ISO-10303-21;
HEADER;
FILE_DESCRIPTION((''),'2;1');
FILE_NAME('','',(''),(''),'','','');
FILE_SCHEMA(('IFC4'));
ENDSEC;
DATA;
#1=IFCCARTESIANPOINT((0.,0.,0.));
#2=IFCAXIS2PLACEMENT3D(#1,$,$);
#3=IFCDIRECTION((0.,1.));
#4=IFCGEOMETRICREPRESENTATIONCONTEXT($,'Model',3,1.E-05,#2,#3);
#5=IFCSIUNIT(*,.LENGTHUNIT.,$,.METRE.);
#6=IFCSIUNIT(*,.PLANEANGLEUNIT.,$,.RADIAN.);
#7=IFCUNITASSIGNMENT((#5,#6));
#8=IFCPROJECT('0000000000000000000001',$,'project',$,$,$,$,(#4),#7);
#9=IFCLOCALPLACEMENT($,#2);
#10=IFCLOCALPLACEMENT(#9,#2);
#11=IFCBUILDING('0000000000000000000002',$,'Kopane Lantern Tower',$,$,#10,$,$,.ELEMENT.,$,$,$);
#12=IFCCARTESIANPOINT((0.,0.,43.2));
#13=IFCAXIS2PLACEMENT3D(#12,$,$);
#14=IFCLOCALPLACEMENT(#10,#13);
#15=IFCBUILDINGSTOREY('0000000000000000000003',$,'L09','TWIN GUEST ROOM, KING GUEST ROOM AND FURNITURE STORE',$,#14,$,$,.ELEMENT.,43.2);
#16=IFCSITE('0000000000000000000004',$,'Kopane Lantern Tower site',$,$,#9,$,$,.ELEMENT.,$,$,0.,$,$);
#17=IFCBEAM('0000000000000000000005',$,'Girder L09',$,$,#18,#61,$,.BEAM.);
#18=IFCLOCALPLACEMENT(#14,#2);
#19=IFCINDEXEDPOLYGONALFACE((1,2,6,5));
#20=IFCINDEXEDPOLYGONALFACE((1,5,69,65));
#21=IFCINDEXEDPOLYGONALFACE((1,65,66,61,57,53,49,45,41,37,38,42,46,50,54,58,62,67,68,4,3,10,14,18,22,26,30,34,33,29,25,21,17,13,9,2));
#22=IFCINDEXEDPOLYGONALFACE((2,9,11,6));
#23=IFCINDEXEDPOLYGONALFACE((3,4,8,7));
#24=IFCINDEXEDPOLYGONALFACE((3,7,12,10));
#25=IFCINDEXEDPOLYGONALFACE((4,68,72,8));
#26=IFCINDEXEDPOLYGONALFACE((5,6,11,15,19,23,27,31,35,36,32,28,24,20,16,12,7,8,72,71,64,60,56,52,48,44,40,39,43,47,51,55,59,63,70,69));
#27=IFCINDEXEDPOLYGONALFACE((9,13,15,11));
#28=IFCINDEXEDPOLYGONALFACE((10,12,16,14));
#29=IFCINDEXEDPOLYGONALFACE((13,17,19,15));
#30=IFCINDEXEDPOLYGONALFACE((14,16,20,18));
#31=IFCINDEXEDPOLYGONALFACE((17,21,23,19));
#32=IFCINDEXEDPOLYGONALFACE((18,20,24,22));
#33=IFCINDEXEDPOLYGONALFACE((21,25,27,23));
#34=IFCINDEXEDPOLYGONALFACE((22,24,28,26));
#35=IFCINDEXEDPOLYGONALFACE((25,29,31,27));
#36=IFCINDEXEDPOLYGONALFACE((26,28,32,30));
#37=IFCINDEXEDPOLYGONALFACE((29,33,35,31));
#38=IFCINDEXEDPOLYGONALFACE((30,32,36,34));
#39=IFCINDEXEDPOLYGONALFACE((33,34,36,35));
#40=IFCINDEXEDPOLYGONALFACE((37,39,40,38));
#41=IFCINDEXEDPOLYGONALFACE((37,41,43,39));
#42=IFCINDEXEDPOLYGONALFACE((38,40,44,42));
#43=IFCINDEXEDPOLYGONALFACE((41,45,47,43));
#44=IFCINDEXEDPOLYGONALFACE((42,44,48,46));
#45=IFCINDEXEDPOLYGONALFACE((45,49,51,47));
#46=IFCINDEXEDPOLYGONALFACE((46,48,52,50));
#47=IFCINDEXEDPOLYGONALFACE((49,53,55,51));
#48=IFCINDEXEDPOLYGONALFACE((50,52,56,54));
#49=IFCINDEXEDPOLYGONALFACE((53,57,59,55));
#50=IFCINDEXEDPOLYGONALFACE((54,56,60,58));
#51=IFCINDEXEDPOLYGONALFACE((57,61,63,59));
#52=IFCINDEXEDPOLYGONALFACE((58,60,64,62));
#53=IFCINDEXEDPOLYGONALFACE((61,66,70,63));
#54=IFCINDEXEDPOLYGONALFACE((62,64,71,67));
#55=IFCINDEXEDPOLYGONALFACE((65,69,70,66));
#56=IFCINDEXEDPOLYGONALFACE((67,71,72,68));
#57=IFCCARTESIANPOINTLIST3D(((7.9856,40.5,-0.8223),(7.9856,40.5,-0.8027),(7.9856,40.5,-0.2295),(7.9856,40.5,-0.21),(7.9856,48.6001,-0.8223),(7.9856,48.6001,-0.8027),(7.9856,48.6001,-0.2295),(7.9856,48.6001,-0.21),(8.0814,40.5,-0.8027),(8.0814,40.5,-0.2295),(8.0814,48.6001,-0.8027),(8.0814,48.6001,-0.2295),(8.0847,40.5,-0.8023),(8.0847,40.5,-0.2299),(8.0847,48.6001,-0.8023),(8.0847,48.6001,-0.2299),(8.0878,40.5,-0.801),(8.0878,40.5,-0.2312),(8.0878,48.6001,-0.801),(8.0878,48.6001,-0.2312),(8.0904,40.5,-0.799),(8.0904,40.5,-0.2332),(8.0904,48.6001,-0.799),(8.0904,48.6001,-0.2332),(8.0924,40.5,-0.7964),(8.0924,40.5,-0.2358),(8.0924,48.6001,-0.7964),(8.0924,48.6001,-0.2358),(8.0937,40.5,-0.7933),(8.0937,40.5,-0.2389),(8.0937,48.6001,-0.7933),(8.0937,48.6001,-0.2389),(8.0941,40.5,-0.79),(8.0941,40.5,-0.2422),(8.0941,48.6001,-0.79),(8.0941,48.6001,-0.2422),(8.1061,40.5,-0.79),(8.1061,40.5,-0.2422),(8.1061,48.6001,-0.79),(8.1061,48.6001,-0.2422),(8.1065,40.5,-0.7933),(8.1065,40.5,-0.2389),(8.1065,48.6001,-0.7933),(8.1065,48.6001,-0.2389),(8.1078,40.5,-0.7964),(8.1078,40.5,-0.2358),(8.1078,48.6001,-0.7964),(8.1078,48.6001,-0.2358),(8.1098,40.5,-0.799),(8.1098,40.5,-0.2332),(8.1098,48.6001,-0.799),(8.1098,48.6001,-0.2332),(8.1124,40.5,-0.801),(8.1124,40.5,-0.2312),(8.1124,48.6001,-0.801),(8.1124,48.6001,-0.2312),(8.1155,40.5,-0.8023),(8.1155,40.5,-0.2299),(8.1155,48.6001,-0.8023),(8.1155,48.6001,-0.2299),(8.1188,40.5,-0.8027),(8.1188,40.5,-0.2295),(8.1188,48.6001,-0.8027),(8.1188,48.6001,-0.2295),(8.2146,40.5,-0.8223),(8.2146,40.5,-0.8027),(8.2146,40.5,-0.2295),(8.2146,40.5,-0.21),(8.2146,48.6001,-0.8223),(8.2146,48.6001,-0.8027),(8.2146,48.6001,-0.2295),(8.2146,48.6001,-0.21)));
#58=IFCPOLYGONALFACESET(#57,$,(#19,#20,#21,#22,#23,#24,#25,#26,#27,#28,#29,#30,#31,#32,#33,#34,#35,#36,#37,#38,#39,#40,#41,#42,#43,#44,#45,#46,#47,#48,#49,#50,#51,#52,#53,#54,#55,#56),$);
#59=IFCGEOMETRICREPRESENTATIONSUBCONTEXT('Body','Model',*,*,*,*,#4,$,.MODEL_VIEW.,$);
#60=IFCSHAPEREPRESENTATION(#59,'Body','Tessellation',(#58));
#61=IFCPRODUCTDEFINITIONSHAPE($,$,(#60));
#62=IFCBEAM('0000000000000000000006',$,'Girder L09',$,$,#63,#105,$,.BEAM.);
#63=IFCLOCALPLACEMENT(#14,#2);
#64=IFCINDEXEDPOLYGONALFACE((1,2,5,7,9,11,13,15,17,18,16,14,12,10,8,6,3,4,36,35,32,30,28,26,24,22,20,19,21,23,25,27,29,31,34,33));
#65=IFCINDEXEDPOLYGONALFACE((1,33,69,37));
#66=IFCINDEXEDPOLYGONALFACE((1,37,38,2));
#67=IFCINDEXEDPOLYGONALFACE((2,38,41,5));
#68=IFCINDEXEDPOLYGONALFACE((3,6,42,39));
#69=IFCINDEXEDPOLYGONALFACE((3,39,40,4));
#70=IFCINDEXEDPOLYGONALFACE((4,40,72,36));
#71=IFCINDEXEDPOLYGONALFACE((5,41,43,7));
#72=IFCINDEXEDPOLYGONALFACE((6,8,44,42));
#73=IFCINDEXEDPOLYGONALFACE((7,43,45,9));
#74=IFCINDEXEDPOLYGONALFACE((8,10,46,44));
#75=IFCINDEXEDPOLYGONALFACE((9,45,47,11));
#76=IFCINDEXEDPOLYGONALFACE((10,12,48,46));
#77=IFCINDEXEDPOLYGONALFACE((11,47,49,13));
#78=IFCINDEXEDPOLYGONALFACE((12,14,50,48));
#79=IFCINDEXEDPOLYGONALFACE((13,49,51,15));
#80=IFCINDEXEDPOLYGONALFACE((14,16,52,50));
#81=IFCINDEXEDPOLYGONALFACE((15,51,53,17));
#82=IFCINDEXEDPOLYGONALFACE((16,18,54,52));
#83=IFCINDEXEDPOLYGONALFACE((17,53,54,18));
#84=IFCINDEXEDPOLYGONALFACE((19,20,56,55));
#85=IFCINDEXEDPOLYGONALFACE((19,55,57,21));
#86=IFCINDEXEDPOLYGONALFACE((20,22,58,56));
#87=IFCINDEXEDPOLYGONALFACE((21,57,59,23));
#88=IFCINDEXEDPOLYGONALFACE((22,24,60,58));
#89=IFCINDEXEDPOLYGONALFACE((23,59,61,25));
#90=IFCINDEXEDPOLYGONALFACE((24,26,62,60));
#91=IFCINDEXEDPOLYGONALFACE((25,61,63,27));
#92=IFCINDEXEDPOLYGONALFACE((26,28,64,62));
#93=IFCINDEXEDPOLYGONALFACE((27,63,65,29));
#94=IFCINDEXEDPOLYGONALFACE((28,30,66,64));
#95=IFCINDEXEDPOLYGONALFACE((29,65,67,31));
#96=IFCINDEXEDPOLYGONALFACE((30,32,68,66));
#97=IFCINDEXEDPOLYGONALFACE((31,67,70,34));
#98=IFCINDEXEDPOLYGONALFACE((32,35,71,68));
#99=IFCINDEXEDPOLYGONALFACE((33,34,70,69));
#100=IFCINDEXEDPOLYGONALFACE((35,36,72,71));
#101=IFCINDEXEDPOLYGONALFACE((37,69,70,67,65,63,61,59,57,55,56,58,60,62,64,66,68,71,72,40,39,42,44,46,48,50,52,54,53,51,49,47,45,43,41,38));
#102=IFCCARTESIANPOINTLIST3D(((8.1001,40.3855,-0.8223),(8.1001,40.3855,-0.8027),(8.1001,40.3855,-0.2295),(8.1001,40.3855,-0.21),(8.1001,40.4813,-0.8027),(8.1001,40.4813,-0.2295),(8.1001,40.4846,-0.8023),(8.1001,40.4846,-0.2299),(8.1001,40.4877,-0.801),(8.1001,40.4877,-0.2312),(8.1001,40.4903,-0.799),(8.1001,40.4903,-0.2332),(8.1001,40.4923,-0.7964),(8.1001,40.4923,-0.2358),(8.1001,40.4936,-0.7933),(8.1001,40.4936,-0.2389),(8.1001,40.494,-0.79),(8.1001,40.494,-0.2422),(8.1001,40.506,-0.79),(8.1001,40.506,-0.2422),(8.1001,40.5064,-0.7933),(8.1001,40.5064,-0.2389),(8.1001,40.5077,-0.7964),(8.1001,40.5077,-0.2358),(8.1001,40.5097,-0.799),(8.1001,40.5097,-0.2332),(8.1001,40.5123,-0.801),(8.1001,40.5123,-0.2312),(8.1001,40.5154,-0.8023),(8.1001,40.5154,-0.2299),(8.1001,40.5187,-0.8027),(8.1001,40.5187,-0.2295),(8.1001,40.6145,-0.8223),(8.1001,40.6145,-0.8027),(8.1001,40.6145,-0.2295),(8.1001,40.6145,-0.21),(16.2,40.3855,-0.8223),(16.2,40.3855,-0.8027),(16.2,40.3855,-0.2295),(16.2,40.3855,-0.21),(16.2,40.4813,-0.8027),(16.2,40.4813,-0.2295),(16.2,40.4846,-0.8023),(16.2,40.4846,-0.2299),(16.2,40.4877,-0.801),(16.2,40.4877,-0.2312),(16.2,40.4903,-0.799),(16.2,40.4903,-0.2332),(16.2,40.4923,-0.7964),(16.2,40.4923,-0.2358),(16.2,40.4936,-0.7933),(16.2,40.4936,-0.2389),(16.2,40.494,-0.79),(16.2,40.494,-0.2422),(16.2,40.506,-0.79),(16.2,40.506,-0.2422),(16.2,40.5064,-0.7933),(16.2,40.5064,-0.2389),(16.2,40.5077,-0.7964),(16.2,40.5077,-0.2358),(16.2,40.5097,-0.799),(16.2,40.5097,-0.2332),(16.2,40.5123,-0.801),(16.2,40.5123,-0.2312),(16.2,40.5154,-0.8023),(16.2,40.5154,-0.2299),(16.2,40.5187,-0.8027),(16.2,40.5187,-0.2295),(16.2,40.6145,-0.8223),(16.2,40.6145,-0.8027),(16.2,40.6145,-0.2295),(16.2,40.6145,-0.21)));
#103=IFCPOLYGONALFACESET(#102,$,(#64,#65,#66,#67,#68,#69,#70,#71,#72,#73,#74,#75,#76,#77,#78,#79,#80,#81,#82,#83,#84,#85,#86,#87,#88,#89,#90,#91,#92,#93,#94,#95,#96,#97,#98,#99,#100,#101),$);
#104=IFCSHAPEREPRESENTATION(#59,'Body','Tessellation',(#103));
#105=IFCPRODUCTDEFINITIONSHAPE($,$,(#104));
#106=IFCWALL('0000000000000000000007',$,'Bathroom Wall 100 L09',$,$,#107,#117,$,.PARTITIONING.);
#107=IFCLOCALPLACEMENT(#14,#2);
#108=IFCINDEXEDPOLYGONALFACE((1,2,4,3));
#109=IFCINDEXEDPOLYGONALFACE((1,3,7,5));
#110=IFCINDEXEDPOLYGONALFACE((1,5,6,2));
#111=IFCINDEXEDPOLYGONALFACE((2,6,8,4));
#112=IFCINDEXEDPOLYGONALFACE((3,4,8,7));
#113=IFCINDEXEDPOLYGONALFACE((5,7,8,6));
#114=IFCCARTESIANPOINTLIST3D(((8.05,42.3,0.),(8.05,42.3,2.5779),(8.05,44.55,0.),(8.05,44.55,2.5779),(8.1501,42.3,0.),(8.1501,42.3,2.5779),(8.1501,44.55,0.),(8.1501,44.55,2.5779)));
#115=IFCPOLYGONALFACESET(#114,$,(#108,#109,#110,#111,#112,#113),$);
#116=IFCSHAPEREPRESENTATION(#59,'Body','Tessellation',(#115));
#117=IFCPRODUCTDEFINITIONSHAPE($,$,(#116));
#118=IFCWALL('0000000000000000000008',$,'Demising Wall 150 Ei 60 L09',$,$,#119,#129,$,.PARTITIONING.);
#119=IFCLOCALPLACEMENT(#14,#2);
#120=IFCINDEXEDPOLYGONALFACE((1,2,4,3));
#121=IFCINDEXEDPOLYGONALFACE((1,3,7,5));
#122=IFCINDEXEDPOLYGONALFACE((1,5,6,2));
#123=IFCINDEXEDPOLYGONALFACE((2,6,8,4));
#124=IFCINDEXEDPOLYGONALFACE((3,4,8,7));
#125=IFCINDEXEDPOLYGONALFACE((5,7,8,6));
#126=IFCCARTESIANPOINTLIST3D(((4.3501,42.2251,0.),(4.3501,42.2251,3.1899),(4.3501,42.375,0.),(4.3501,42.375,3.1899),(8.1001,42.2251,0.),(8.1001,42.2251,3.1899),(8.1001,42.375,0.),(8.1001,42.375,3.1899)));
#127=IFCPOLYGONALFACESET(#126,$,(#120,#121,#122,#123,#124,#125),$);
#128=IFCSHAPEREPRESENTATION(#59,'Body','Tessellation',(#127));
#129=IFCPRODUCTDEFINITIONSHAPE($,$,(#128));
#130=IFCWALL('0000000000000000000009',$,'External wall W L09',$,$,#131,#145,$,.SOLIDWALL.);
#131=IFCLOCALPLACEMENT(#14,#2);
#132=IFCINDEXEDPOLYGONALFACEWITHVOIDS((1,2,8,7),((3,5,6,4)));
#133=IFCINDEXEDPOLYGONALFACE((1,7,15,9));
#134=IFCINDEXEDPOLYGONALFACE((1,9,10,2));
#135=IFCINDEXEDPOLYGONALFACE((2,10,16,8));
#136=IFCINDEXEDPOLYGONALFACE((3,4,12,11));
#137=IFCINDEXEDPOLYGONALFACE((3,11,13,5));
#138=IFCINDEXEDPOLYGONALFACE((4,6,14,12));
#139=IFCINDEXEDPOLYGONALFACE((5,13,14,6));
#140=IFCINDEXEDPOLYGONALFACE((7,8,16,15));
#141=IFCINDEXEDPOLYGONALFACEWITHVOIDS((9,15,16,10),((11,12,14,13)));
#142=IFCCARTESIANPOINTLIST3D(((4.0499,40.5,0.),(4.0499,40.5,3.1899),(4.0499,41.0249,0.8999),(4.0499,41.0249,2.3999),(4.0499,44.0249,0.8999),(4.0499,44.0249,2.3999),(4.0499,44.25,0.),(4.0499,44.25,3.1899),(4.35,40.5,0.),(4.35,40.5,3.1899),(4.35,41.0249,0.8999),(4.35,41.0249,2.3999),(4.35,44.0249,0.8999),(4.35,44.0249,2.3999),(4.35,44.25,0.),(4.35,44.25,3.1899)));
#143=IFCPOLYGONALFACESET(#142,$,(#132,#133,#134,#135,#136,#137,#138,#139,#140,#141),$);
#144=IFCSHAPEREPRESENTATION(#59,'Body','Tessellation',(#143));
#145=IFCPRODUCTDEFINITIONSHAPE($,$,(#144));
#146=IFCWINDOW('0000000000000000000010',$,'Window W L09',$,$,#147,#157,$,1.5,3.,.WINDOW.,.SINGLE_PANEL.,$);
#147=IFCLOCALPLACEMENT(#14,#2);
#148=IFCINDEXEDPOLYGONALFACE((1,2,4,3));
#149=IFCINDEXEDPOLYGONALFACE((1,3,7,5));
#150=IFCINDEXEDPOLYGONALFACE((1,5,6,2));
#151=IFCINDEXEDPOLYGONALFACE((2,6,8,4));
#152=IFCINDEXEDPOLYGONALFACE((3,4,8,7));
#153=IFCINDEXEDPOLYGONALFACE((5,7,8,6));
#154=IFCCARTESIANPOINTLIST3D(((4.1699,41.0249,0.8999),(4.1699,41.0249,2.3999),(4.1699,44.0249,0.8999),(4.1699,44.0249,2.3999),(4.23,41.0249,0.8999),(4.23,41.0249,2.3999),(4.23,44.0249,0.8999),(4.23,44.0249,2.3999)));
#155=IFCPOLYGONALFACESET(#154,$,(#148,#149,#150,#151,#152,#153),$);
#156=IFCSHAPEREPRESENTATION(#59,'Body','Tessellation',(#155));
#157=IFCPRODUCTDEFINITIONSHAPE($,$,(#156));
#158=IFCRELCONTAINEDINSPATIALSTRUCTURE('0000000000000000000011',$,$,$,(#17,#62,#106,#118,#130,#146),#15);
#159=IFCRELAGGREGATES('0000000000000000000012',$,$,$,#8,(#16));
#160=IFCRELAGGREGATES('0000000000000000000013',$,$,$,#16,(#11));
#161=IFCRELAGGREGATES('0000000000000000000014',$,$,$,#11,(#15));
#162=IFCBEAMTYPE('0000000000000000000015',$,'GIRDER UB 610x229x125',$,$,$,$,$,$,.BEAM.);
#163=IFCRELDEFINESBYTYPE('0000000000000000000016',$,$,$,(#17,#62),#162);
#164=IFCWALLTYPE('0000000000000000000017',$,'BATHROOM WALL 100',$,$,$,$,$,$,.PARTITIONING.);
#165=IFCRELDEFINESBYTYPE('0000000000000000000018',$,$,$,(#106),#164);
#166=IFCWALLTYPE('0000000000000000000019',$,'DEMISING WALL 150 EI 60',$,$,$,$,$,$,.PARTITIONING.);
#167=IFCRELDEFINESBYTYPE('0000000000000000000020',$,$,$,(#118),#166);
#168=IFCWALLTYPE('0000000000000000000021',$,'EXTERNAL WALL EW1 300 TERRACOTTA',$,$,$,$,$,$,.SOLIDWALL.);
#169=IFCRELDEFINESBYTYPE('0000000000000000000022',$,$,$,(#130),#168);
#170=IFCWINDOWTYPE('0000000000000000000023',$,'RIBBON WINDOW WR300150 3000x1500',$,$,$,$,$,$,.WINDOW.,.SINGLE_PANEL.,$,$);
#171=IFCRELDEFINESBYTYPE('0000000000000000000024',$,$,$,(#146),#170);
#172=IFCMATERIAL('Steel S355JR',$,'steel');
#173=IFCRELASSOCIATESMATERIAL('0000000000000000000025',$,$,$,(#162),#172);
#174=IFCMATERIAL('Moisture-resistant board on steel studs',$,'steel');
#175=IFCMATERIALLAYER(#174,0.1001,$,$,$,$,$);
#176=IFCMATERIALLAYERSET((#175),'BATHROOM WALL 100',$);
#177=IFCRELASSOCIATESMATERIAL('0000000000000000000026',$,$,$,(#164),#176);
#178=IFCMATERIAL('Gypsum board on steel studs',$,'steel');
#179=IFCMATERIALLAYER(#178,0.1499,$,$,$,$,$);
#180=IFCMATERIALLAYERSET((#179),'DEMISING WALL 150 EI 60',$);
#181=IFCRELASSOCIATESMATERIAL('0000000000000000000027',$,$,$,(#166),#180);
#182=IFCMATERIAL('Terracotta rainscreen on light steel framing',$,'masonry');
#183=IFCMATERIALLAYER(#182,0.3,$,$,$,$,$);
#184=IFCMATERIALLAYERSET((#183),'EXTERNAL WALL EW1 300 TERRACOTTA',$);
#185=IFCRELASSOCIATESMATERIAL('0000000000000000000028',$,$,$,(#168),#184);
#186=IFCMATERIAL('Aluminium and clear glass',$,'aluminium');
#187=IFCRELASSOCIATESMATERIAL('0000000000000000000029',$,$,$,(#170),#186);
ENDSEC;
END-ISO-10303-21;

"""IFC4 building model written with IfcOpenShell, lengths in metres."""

from ifc_helpers import new_model, si_unit, direction, frame, frame_2d, origin, origin_2d, place, context, subcontext, project, spatial, rectangle, i_section, extrude, material, layer, layer_set, material_profile, profile_set, type_object, element, fill, save


model = new_model("IFC4")

# Units and contexts
model_context = context("Model", 3, precision=1e-05, world=origin(), true_north=direction((0.0, 1.0)))
body_context = subcontext(model_context, "Body", "Model", "MODEL_VIEW")
ifc_project = project(units=[si_unit("LENGTHUNIT", "METRE"), si_unit("PLANEANGLEUNIT", "RADIAN")], contexts=[model_context])

# Site, building, storey
site_placement = place(None, origin())
site = spatial("IfcSite", under=ifc_project, at=site_placement, Name="Kopane Lantern Tower site", CompositionType="ELEMENT", RefElevation=0.0)
building_placement = place(site_placement, origin())
building = spatial("IfcBuilding", under=site, at=building_placement, Name="Kopane Lantern Tower", CompositionType="ELEMENT")
storey_placement = place(building_placement, frame((0.0, 0.0, 43.2)))
storey = spatial("IfcBuildingStorey", under=building, at=storey_placement, Name="L09", Description="TWIN GUEST ROOM, KING GUEST ROOM AND FURNITURE STORE", CompositionType="ELEMENT", Elevation=43.2)

# Beams
ifc_material_1 = material(Name="Steel S355JR", Category="steel")
ifc_material_profile_1 = material_profile(ifc_material_1, i_section(OverallWidth=0.229, OverallDepth=0.6123, WebThickness=0.012, FlangeThickness=0.0195, FilletRadius=0.0127, at=origin_2d()), Name="UB 610x229x125")
ifc_profile_set_1 = profile_set([ifc_material_profile_1], Name="Steel S355JR")
beam_type_1 = type_object("IfcBeamType", Name="GIRDER UB 610x229x125", PredefinedType="BEAM", material=ifc_profile_set_1)
beam_1_placement = place(storey_placement, frame((8.1001, 40.5, -0.5161), z_axis=(0.0, 1.0, 0.0), x_axis=(-1.0, 0.0, 0.0)))
element("IfcBeam", 1, at=beam_1_placement, inside=storey, type_object=beam_type_1, Name="Girder L09", PredefinedType="BEAM", context=body_context, shape_type="SweptSolid", body=[
    extrude(i_section(OverallWidth=0.229, OverallDepth=0.6123, WebThickness=0.012, FlangeThickness=0.0195, FilletRadius=0.0127, at=origin_2d()), origin(), (0.0, 0.0, 1.0), 8.1001),
])
beam_2_placement = place(storey_placement, frame((8.1001, 40.5, -0.5161), z_axis=(1.0, 0.0, 0.0), x_axis=(0.0, 1.0, 0.0)))
element("IfcBeam", 2, at=beam_2_placement, inside=storey, type_object=beam_type_1, Name="Girder L09", PredefinedType="BEAM", context=body_context, shape_type="SweptSolid", body=[
    extrude(i_section(OverallWidth=0.229, OverallDepth=0.6123, WebThickness=0.012, FlangeThickness=0.0195, FilletRadius=0.0127, at=origin_2d()), origin(), (0.0, 0.0, 1.0), 8.0999),
])

# Wall
ifc_material_2 = material(Name="Moisture-resistant board on steel studs", Category="steel")
ifc_layer_1 = layer(ifc_material_2, 0.1001)
ifc_layer_set_1 = layer_set([ifc_layer_1], Name="BATHROOM WALL 100")
wall_type_1 = type_object("IfcWallType", Name="BATHROOM WALL 100", PredefinedType="PARTITIONING", material=ifc_layer_set_1)
wall_1_placement = place(storey_placement, frame((8.1001, 42.3, 0.0), z_axis=(0.0, 0.0, 1.0), x_axis=(0.0, 1.0, 0.0)))
element("IfcWall", 3, at=wall_1_placement, inside=storey, type_object=wall_type_1, Name="Bathroom Wall 100 L09", PredefinedType="PARTITIONING", context=body_context, shape_type="SweptSolid", body=[
    extrude(rectangle(XDim=2.25, YDim=0.1001, at=frame_2d((1.125, 0.0))), origin(), (0.0, 0.0, 1.0), 2.5779),
])

# Wall
ifc_material_3 = material(Name="Gypsum board on steel studs", Category="steel")
ifc_layer_2 = layer(ifc_material_3, 0.1499)
ifc_layer_set_2 = layer_set([ifc_layer_2], Name="DEMISING WALL 150 EI 60")
wall_type_2 = type_object("IfcWallType", Name="DEMISING WALL 150 EI 60", PredefinedType="PARTITIONING", material=ifc_layer_set_2)
wall_2_placement = place(storey_placement, frame((4.3501, 42.3, 0.0), z_axis=(0.0, 0.0, 1.0), x_axis=(1.0, 0.0, 0.0)))
element("IfcWall", 4, at=wall_2_placement, inside=storey, type_object=wall_type_2, Name="Demising Wall 150 Ei 60 L09", PredefinedType="PARTITIONING", context=body_context, shape_type="SweptSolid", body=[
    extrude(rectangle(XDim=3.75, YDim=0.1499, at=frame_2d((1.875, 0.0))), origin(), (0.0, 0.0, 1.0), 3.1899),
])

# Wall, opening, window
ifc_material_4 = material(Name="Terracotta rainscreen on light steel framing", Category="masonry")
ifc_layer_3 = layer(ifc_material_4, 0.3)
ifc_layer_set_3 = layer_set([ifc_layer_3], Name="EXTERNAL WALL EW1 300 TERRACOTTA")
wall_type_3 = type_object("IfcWallType", Name="EXTERNAL WALL EW1 300 TERRACOTTA", PredefinedType="SOLIDWALL", material=ifc_layer_set_3)
wall_3_placement = place(storey_placement, frame((4.2, 44.25, 0.0), z_axis=(0.0, 0.0, 1.0), x_axis=(0.0, -1.0, 0.0)))
wall_3 = element("IfcWall", 5, at=wall_3_placement, inside=storey, type_object=wall_type_3, Name="External wall W L09", PredefinedType="SOLIDWALL", context=body_context, shape_type="SweptSolid", body=[
    extrude(rectangle(XDim=3.75, YDim=0.3, at=frame_2d((1.875, 0.0))), origin(), (0.0, 0.0, 1.0), 3.1899),
])
opening_1_placement = place(wall_3_placement, frame((0.2251, 0.0, 0.8999)))
opening_1 = element("IfcOpeningElement", 6, at=opening_1_placement, cuts=wall_3, PredefinedType="OPENING", context=body_context, shape_type="SweptSolid", body=[
    extrude(rectangle(XDim=3.0, YDim=1.5, at=frame_2d((1.5, 0.75))), frame((0.0, 0.1599, 0.0), z_axis=(0.0, -1.0, 0.0), x_axis=(1.0, 0.0, 0.0)), (0.0, 0.0, 1.0), 0.3201),
])
ifc_material_5 = material(Name="Aluminium and clear glass", Category="aluminium")
window_type = type_object("IfcWindowType", Name="RIBBON WINDOW WR300150 3000x1500", PartitioningType="SINGLE_PANEL", PredefinedType="WINDOW", material=ifc_material_5)
window_placement = place(opening_1_placement, origin())
window = element("IfcWindow", 7, at=window_placement, inside=storey, type_object=window_type, Name="Window W L09", OverallHeight=1.5, OverallWidth=3.0, PartitioningType="SINGLE_PANEL", PredefinedType="WINDOW", context=body_context, shape_type="SweptSolid", body=[
    extrude(rectangle(XDim=3.0, YDim=1.5, at=frame_2d((1.5, 0.75))), frame((0.0, 0.03, 0.0), z_axis=(0.0, -1.0, 0.0), x_axis=(1.0, 0.0, 0.0)), (0.0, 0.0, 1.0), 0.0601),
])
fill(opening_1, window)

save(model, "model.ifc")
